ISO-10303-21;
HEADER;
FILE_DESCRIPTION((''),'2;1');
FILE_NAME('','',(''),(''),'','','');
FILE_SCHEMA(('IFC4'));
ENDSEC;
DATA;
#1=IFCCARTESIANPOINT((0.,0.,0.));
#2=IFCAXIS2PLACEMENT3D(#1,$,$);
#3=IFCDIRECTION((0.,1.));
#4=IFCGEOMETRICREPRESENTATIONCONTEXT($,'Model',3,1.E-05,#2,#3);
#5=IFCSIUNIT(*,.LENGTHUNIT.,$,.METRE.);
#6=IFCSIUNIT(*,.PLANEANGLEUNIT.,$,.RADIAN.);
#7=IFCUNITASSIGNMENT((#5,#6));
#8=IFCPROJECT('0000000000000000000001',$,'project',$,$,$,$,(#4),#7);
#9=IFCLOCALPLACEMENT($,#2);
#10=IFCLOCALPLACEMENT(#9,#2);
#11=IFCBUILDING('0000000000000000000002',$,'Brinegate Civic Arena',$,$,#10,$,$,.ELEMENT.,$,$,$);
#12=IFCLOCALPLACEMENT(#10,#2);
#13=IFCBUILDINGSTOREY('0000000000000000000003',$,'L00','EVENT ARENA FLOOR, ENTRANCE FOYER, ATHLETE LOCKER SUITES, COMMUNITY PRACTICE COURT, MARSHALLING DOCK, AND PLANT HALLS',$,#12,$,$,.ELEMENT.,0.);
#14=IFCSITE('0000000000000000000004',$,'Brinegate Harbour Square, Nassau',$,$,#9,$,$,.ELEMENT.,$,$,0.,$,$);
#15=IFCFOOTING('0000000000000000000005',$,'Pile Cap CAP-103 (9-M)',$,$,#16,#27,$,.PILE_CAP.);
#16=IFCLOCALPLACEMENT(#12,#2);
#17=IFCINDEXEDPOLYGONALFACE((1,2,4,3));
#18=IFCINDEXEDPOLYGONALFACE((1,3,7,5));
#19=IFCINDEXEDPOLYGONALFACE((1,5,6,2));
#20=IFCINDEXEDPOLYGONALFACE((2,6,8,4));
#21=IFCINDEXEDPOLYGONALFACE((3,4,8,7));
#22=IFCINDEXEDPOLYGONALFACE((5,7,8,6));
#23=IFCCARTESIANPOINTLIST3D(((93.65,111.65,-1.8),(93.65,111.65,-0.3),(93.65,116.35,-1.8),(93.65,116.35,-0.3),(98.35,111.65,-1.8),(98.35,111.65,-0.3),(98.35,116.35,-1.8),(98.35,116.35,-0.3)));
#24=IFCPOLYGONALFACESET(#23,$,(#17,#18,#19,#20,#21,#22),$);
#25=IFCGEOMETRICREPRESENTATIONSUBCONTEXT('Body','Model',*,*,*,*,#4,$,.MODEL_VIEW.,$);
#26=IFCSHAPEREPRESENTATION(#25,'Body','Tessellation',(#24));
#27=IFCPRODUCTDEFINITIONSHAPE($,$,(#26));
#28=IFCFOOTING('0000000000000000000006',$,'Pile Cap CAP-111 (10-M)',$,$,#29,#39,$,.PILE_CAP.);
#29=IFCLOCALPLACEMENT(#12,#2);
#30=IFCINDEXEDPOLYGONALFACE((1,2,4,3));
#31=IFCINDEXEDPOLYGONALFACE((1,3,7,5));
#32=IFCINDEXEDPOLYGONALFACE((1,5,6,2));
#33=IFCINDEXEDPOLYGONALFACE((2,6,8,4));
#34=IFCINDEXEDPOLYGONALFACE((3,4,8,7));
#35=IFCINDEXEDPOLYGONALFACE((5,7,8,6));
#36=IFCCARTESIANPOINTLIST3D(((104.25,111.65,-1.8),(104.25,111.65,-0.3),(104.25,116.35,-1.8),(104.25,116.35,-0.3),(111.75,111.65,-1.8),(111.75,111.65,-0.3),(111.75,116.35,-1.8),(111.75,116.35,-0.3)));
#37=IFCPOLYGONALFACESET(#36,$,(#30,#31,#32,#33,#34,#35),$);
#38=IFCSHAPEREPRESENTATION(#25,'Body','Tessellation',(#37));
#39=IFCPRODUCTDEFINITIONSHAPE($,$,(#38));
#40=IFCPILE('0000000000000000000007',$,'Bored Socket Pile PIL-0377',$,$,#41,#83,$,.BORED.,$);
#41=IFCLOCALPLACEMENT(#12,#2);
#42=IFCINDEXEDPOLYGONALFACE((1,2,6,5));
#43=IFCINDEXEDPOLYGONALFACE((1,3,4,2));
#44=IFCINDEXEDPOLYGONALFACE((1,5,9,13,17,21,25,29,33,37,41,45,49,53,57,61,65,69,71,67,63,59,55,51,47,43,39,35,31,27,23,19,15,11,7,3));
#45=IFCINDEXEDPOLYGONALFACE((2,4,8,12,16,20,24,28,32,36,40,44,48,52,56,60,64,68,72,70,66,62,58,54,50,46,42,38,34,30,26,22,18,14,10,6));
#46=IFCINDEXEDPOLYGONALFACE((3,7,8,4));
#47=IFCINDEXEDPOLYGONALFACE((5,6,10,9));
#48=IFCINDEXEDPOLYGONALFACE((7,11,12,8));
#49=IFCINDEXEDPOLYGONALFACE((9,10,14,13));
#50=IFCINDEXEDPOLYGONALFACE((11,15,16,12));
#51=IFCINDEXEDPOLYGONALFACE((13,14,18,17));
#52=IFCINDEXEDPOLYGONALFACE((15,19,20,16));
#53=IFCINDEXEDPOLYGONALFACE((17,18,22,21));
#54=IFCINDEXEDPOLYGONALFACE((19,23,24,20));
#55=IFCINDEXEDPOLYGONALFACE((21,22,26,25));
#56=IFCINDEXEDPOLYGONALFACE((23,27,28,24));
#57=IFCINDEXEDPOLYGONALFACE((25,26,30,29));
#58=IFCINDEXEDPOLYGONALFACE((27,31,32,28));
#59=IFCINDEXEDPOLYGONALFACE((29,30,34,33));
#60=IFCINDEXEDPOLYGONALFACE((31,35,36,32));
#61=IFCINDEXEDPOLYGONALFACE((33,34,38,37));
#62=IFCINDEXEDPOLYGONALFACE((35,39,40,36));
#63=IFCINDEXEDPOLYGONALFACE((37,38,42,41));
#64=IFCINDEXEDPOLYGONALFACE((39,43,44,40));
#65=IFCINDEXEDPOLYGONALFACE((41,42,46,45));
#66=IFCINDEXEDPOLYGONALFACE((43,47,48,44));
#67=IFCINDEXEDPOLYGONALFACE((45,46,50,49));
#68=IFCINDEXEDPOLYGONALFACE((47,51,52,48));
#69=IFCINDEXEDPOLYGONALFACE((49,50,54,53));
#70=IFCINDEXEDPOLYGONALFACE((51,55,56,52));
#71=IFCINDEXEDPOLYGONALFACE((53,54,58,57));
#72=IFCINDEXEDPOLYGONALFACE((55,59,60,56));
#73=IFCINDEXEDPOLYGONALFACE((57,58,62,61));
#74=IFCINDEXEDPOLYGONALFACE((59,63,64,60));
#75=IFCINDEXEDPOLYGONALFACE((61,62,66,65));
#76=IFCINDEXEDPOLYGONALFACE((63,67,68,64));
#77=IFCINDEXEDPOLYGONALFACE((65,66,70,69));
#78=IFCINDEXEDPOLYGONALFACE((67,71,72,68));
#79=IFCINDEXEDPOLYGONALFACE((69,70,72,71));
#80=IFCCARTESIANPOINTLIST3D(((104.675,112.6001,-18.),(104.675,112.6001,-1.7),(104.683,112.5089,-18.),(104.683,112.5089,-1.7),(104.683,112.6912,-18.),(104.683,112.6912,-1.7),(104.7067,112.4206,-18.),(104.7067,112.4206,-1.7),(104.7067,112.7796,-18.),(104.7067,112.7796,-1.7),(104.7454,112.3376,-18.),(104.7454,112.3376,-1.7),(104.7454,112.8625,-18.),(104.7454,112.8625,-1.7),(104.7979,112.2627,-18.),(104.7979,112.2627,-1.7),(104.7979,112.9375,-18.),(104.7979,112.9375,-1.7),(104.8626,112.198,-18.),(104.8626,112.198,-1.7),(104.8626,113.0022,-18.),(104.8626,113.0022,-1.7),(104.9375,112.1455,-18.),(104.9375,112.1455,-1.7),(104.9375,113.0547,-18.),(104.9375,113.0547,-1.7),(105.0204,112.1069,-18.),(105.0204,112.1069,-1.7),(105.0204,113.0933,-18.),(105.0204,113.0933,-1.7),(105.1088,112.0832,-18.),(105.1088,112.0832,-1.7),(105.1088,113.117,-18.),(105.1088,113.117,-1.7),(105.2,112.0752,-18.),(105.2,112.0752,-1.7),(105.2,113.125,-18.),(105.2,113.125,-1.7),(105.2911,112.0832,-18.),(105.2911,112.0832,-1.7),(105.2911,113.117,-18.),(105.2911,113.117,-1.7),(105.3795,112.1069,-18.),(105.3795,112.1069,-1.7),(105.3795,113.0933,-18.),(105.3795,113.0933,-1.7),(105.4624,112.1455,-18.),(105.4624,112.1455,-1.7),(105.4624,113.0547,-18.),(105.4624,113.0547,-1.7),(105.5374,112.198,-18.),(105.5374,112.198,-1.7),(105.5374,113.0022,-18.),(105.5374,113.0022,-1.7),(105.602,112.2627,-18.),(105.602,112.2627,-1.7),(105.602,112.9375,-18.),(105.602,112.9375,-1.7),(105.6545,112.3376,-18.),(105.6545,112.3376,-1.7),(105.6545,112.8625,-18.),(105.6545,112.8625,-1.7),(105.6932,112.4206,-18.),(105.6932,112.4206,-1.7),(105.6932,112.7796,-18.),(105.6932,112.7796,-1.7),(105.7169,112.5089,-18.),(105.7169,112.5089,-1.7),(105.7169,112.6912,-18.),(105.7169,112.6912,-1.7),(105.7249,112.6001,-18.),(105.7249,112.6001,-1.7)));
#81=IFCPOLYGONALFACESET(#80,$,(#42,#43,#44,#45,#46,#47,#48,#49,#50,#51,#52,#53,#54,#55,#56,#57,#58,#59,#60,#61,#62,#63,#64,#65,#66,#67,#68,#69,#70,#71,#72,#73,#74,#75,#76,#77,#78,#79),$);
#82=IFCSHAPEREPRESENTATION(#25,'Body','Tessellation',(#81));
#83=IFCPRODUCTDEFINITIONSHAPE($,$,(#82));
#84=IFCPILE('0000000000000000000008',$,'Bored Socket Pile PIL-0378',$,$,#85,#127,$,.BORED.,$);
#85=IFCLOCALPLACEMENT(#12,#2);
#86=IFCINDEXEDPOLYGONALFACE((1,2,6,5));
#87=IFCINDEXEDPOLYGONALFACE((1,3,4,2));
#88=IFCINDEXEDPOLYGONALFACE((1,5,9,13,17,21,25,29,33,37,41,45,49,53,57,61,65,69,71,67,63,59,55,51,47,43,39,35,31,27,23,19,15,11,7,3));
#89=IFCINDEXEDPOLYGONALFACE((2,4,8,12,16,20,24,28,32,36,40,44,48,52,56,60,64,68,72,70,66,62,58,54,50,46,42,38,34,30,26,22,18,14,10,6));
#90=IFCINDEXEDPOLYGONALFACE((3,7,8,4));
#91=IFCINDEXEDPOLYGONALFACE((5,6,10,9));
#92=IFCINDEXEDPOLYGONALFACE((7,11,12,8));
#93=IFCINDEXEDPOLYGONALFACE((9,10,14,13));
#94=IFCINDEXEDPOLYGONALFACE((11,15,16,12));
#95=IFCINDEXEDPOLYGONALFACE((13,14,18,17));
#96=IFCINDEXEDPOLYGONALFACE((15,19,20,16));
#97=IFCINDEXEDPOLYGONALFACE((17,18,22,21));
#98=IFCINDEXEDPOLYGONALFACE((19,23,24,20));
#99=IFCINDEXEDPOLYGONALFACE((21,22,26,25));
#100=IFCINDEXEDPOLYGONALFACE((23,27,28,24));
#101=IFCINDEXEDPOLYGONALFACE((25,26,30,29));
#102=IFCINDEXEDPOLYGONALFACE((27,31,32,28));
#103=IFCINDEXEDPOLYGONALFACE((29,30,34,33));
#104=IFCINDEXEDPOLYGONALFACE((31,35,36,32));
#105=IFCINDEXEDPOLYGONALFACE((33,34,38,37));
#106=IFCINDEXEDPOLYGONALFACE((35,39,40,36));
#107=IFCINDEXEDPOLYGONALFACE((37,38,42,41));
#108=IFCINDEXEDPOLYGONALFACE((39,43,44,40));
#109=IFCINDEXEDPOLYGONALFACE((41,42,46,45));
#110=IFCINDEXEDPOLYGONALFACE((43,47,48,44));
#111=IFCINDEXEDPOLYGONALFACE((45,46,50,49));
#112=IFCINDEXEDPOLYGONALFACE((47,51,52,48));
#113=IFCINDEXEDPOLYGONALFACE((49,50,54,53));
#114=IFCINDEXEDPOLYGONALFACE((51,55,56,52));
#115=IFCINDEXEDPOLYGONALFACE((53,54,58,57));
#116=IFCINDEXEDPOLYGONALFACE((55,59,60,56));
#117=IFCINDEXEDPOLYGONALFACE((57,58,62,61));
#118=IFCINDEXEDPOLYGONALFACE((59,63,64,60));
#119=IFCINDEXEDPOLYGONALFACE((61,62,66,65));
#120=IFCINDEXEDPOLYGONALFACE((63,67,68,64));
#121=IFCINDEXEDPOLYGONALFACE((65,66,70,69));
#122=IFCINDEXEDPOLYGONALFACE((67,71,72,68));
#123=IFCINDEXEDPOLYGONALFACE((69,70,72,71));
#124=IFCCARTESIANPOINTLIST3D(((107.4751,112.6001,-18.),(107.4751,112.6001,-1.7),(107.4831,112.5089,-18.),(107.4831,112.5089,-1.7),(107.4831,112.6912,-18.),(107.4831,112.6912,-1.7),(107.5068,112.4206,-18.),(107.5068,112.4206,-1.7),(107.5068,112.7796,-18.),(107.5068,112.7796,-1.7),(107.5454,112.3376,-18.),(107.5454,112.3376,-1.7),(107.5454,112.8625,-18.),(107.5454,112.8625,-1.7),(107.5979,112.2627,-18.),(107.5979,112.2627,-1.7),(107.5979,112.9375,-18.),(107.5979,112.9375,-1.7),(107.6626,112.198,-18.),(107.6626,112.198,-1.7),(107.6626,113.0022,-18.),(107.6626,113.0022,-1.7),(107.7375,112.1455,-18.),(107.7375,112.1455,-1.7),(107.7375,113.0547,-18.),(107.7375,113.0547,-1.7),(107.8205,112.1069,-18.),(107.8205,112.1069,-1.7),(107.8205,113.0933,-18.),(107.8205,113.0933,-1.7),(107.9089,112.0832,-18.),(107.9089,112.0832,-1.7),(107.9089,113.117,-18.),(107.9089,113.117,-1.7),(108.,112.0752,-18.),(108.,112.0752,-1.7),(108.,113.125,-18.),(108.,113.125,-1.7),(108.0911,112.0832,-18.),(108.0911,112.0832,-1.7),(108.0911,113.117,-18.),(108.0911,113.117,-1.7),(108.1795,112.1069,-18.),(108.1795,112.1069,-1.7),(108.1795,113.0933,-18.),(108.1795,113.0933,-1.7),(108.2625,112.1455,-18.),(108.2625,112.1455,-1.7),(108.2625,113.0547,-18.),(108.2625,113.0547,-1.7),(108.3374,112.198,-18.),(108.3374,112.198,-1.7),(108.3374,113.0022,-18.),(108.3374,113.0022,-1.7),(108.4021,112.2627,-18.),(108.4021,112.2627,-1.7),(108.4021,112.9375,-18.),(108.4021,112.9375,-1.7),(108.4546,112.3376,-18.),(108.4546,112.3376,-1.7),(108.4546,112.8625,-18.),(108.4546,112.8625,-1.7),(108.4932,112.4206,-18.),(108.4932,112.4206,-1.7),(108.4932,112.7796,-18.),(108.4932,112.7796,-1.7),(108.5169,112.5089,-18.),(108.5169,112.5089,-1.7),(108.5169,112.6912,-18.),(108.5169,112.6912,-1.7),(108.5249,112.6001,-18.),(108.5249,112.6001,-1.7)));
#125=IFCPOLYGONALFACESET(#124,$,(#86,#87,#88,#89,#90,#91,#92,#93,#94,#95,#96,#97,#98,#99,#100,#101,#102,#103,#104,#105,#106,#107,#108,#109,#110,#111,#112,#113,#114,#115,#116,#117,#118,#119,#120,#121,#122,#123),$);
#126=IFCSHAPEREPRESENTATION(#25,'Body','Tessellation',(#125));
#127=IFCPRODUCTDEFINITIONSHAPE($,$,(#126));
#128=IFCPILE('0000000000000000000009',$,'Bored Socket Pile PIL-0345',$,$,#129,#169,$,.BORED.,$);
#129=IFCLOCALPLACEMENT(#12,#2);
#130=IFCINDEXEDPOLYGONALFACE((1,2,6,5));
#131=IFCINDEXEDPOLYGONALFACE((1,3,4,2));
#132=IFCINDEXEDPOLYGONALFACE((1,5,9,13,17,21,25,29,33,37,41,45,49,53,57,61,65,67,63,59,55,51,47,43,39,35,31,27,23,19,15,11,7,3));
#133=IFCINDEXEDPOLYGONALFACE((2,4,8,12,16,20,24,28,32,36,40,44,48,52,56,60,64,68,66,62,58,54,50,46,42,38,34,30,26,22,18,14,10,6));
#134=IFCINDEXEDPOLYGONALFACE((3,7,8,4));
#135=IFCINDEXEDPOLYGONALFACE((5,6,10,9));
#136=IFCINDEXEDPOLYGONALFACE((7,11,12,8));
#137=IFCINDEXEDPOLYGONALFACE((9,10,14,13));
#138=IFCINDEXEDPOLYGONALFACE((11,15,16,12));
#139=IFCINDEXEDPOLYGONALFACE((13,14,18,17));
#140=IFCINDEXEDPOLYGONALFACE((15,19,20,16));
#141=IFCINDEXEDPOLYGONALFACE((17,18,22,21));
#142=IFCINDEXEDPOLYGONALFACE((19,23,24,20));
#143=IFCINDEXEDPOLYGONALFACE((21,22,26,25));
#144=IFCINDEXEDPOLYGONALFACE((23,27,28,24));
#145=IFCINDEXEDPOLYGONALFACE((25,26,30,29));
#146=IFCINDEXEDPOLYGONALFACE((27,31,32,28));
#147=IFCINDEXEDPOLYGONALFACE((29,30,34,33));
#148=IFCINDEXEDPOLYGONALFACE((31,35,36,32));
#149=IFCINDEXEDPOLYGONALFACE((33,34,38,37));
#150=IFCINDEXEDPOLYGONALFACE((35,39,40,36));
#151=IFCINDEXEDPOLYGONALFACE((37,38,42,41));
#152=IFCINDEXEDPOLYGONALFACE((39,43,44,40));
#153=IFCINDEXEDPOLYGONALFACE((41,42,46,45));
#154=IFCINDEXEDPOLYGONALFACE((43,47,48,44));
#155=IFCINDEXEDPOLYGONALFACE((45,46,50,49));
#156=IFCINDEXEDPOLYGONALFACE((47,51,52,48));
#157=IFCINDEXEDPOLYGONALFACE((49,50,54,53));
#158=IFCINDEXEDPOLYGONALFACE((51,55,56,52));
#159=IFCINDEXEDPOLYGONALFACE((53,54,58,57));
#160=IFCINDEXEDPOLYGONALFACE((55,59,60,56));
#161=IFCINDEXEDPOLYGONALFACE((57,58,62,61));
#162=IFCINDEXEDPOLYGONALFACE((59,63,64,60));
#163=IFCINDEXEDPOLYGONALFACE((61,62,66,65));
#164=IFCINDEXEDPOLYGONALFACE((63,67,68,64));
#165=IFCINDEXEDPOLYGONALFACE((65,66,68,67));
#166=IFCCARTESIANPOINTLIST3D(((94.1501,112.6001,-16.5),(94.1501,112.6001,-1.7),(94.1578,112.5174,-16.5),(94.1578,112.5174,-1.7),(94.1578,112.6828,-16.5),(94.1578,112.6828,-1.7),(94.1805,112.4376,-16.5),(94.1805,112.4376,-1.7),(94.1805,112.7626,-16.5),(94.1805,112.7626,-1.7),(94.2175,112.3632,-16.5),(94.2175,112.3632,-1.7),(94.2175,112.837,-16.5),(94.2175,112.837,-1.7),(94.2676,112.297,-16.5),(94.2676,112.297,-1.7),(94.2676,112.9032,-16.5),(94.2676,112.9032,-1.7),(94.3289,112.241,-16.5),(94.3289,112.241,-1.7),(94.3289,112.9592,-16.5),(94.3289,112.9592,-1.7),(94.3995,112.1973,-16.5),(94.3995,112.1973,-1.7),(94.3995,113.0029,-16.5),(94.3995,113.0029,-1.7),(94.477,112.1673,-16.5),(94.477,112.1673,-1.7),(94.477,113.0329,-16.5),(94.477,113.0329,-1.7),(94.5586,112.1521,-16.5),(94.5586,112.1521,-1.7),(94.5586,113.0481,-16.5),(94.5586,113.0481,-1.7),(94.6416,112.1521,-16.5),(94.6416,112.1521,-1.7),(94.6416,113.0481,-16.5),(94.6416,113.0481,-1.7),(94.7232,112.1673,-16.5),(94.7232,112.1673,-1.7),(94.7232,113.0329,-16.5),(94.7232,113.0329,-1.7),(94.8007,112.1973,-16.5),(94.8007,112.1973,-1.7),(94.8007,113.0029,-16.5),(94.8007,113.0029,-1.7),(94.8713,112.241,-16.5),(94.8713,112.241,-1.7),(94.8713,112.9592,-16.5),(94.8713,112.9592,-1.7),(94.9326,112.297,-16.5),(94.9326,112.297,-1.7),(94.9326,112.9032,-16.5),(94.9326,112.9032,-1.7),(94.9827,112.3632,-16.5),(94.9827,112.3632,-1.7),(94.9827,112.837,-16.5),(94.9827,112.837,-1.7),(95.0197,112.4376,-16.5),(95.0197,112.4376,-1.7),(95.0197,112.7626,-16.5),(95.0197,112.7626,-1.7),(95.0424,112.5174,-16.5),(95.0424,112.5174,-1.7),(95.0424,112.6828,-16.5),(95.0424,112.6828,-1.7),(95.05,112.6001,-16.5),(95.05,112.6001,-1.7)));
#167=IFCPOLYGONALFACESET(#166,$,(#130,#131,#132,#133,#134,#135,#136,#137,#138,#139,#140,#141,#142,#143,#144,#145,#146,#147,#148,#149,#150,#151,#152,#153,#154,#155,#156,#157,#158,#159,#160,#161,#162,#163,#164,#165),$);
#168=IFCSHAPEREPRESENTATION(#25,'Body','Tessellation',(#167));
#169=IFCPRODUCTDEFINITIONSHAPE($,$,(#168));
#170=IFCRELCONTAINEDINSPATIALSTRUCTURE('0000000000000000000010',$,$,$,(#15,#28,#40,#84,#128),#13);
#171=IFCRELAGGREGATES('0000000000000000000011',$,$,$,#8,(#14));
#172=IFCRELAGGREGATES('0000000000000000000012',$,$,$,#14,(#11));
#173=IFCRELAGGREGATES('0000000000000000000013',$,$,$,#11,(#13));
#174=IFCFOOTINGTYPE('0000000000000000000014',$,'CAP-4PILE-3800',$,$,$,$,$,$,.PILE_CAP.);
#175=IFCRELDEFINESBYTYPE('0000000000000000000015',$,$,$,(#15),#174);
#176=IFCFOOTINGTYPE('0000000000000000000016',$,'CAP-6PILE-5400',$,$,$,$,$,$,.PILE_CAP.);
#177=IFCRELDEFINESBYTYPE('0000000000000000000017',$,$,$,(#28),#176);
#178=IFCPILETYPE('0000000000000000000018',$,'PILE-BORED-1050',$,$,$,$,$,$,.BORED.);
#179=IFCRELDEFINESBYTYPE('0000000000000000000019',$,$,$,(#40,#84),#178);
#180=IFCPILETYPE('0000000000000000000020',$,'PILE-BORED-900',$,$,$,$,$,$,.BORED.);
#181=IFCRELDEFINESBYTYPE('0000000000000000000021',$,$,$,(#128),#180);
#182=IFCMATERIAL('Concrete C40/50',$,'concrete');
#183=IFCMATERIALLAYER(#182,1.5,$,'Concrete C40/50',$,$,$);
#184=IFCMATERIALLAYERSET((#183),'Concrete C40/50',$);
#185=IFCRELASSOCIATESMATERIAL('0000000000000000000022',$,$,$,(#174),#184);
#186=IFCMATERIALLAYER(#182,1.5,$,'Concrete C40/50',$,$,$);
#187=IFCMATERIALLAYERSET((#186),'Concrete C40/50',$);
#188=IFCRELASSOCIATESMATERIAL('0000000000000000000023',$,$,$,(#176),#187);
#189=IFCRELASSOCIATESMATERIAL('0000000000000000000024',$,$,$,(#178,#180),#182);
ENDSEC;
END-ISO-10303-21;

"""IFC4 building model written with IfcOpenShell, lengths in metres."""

from ifc_helpers import new_model, si_unit, direction, frame, origin, origin_2d, place, context, subcontext, project, spatial, rectangle, circle, extrude, material, layer, layer_set, material_profile, profile_set, type_object, element, save


model = new_model("IFC4")

# Units and contexts
model_context = context("Model", 3, precision=1e-05, world=origin(), true_north=direction((0.0, 1.0)))
body_context = subcontext(model_context, "Body", "Model", "MODEL_VIEW")
ifc_project = project(units=[si_unit("LENGTHUNIT", "METRE"), si_unit("PLANEANGLEUNIT", "RADIAN")], contexts=[model_context])

# Site, building, storey
site_placement = place(None, origin())
site = spatial("IfcSite", under=ifc_project, at=site_placement, Name="Brinegate Harbour Square, Nassau", CompositionType="ELEMENT", RefElevation=0.0)
building_placement = place(site_placement, origin())
building = spatial("IfcBuilding", under=site, at=building_placement, Name="Brinegate Civic Arena", CompositionType="ELEMENT")
storey_placement = place(building_placement, origin())
storey = spatial("IfcBuildingStorey", under=building, at=storey_placement, Name="L00", Description="EVENT ARENA FLOOR, ENTRANCE FOYER, ATHLETE LOCKER SUITES, COMMUNITY PRACTICE COURT, MARSHALLING DOCK, AND PLANT HALLS", CompositionType="ELEMENT", Elevation=0.0)

# Footings
ifc_material_1 = material(Name="Concrete C40/50", Category="concrete")
ifc_layer_1 = layer(ifc_material_1, 1.5, Name="Concrete C40/50")
ifc_layer_set_1 = layer_set([ifc_layer_1], Name="Concrete C40/50")
footing_type_1 = type_object("IfcFootingType", Name="CAP-4PILE-3800", PredefinedType="PILE_CAP", material=ifc_layer_set_1)
footing_1_placement = place(storey_placement, frame((96.0, 114.0, -1.8), z_axis=(0.0, 0.0, 1.0), x_axis=(1.0, 0.0, 0.0)))
element("IfcFooting", 1, at=footing_1_placement, inside=storey, type_object=footing_type_1, Name="Pile Cap CAP-103 (9-M)", PredefinedType="PILE_CAP", context=body_context, shape_type="SweptSolid", body=[
    extrude(rectangle(XDim=4.7, YDim=4.7, at=origin_2d()), origin(), (0.0, 0.0, 1.0), 1.5),
])
ifc_layer_2 = layer(ifc_material_1, 1.5, Name="Concrete C40/50")
ifc_layer_set_2 = layer_set([ifc_layer_2], Name="Concrete C40/50")
footing_type_2 = type_object("IfcFootingType", Name="CAP-6PILE-5400", PredefinedType="PILE_CAP", material=ifc_layer_set_2)
footing_2_placement = place(storey_placement, frame((108.0, 114.0, -1.8), z_axis=(0.0, 0.0, 1.0), x_axis=(1.0, 0.0, 0.0)))
element("IfcFooting", 2, at=footing_2_placement, inside=storey, type_object=footing_type_2, Name="Pile Cap CAP-111 (10-M)", PredefinedType="PILE_CAP", context=body_context, shape_type="SweptSolid", body=[
    extrude(rectangle(XDim=7.5, YDim=4.7, at=origin_2d()), origin(), (0.0, 0.0, 1.0), 1.5),
])

# Piles
ifc_material_profile_1 = material_profile(ifc_material_1, circle(Radius=0.5249, at=origin_2d()), Name="PILED1050")
ifc_profile_set_1 = profile_set([ifc_material_profile_1], Name="Concrete C40/50")
pile_type_1 = type_object("IfcPileType", Name="PILE-BORED-1050", PredefinedType="BORED", material=ifc_profile_set_1)
for number, where, z_axis, x_axis, name in (
    (3, (105.2, 112.6001, -1.7), (0.0, 0.0, -1.0), (1.0, 0.0, 0.0), "Bored Socket Pile PIL-0377"),
    (4, (108.0, 112.6001, -1.7), (0.0, 0.0, -1.0), (1.0, 0.0, 0.0), "Bored Socket Pile PIL-0378"),
):
    element("IfcPile", number, at=place(storey_placement, frame(where, z_axis=z_axis, x_axis=x_axis)), inside=storey, type_object=pile_type_1, Name=name, PredefinedType="BORED", context=body_context, shape_type="SweptSolid", body=[
        extrude(circle(Radius=0.5249, at=origin_2d()), origin(), (0.0, 0.0, 1.0), 16.3),
    ])
ifc_material_profile_2 = material_profile(ifc_material_1, circle(Radius=0.45, at=origin_2d()), Name="PILED900")
ifc_profile_set_2 = profile_set([ifc_material_profile_2], Name="Concrete C40/50")
pile_type_2 = type_object("IfcPileType", Name="PILE-BORED-900", PredefinedType="BORED", material=ifc_profile_set_2)
for number, where, z_axis, x_axis, name in (
    (5, (94.6001, 112.6001, -1.7), (0.0, 0.0, -1.0), (1.0, 0.0, 0.0), "Bored Socket Pile PIL-0345"),
):
    element("IfcPile", number, at=place(storey_placement, frame(where, z_axis=z_axis, x_axis=x_axis)), inside=storey, type_object=pile_type_2, Name=name, PredefinedType="BORED", context=body_context, shape_type="SweptSolid", body=[
        extrude(circle(Radius=0.45, at=origin_2d()), origin(), (0.0, 0.0, 1.0), 14.8),
    ])

save(model, "model.ifc")
